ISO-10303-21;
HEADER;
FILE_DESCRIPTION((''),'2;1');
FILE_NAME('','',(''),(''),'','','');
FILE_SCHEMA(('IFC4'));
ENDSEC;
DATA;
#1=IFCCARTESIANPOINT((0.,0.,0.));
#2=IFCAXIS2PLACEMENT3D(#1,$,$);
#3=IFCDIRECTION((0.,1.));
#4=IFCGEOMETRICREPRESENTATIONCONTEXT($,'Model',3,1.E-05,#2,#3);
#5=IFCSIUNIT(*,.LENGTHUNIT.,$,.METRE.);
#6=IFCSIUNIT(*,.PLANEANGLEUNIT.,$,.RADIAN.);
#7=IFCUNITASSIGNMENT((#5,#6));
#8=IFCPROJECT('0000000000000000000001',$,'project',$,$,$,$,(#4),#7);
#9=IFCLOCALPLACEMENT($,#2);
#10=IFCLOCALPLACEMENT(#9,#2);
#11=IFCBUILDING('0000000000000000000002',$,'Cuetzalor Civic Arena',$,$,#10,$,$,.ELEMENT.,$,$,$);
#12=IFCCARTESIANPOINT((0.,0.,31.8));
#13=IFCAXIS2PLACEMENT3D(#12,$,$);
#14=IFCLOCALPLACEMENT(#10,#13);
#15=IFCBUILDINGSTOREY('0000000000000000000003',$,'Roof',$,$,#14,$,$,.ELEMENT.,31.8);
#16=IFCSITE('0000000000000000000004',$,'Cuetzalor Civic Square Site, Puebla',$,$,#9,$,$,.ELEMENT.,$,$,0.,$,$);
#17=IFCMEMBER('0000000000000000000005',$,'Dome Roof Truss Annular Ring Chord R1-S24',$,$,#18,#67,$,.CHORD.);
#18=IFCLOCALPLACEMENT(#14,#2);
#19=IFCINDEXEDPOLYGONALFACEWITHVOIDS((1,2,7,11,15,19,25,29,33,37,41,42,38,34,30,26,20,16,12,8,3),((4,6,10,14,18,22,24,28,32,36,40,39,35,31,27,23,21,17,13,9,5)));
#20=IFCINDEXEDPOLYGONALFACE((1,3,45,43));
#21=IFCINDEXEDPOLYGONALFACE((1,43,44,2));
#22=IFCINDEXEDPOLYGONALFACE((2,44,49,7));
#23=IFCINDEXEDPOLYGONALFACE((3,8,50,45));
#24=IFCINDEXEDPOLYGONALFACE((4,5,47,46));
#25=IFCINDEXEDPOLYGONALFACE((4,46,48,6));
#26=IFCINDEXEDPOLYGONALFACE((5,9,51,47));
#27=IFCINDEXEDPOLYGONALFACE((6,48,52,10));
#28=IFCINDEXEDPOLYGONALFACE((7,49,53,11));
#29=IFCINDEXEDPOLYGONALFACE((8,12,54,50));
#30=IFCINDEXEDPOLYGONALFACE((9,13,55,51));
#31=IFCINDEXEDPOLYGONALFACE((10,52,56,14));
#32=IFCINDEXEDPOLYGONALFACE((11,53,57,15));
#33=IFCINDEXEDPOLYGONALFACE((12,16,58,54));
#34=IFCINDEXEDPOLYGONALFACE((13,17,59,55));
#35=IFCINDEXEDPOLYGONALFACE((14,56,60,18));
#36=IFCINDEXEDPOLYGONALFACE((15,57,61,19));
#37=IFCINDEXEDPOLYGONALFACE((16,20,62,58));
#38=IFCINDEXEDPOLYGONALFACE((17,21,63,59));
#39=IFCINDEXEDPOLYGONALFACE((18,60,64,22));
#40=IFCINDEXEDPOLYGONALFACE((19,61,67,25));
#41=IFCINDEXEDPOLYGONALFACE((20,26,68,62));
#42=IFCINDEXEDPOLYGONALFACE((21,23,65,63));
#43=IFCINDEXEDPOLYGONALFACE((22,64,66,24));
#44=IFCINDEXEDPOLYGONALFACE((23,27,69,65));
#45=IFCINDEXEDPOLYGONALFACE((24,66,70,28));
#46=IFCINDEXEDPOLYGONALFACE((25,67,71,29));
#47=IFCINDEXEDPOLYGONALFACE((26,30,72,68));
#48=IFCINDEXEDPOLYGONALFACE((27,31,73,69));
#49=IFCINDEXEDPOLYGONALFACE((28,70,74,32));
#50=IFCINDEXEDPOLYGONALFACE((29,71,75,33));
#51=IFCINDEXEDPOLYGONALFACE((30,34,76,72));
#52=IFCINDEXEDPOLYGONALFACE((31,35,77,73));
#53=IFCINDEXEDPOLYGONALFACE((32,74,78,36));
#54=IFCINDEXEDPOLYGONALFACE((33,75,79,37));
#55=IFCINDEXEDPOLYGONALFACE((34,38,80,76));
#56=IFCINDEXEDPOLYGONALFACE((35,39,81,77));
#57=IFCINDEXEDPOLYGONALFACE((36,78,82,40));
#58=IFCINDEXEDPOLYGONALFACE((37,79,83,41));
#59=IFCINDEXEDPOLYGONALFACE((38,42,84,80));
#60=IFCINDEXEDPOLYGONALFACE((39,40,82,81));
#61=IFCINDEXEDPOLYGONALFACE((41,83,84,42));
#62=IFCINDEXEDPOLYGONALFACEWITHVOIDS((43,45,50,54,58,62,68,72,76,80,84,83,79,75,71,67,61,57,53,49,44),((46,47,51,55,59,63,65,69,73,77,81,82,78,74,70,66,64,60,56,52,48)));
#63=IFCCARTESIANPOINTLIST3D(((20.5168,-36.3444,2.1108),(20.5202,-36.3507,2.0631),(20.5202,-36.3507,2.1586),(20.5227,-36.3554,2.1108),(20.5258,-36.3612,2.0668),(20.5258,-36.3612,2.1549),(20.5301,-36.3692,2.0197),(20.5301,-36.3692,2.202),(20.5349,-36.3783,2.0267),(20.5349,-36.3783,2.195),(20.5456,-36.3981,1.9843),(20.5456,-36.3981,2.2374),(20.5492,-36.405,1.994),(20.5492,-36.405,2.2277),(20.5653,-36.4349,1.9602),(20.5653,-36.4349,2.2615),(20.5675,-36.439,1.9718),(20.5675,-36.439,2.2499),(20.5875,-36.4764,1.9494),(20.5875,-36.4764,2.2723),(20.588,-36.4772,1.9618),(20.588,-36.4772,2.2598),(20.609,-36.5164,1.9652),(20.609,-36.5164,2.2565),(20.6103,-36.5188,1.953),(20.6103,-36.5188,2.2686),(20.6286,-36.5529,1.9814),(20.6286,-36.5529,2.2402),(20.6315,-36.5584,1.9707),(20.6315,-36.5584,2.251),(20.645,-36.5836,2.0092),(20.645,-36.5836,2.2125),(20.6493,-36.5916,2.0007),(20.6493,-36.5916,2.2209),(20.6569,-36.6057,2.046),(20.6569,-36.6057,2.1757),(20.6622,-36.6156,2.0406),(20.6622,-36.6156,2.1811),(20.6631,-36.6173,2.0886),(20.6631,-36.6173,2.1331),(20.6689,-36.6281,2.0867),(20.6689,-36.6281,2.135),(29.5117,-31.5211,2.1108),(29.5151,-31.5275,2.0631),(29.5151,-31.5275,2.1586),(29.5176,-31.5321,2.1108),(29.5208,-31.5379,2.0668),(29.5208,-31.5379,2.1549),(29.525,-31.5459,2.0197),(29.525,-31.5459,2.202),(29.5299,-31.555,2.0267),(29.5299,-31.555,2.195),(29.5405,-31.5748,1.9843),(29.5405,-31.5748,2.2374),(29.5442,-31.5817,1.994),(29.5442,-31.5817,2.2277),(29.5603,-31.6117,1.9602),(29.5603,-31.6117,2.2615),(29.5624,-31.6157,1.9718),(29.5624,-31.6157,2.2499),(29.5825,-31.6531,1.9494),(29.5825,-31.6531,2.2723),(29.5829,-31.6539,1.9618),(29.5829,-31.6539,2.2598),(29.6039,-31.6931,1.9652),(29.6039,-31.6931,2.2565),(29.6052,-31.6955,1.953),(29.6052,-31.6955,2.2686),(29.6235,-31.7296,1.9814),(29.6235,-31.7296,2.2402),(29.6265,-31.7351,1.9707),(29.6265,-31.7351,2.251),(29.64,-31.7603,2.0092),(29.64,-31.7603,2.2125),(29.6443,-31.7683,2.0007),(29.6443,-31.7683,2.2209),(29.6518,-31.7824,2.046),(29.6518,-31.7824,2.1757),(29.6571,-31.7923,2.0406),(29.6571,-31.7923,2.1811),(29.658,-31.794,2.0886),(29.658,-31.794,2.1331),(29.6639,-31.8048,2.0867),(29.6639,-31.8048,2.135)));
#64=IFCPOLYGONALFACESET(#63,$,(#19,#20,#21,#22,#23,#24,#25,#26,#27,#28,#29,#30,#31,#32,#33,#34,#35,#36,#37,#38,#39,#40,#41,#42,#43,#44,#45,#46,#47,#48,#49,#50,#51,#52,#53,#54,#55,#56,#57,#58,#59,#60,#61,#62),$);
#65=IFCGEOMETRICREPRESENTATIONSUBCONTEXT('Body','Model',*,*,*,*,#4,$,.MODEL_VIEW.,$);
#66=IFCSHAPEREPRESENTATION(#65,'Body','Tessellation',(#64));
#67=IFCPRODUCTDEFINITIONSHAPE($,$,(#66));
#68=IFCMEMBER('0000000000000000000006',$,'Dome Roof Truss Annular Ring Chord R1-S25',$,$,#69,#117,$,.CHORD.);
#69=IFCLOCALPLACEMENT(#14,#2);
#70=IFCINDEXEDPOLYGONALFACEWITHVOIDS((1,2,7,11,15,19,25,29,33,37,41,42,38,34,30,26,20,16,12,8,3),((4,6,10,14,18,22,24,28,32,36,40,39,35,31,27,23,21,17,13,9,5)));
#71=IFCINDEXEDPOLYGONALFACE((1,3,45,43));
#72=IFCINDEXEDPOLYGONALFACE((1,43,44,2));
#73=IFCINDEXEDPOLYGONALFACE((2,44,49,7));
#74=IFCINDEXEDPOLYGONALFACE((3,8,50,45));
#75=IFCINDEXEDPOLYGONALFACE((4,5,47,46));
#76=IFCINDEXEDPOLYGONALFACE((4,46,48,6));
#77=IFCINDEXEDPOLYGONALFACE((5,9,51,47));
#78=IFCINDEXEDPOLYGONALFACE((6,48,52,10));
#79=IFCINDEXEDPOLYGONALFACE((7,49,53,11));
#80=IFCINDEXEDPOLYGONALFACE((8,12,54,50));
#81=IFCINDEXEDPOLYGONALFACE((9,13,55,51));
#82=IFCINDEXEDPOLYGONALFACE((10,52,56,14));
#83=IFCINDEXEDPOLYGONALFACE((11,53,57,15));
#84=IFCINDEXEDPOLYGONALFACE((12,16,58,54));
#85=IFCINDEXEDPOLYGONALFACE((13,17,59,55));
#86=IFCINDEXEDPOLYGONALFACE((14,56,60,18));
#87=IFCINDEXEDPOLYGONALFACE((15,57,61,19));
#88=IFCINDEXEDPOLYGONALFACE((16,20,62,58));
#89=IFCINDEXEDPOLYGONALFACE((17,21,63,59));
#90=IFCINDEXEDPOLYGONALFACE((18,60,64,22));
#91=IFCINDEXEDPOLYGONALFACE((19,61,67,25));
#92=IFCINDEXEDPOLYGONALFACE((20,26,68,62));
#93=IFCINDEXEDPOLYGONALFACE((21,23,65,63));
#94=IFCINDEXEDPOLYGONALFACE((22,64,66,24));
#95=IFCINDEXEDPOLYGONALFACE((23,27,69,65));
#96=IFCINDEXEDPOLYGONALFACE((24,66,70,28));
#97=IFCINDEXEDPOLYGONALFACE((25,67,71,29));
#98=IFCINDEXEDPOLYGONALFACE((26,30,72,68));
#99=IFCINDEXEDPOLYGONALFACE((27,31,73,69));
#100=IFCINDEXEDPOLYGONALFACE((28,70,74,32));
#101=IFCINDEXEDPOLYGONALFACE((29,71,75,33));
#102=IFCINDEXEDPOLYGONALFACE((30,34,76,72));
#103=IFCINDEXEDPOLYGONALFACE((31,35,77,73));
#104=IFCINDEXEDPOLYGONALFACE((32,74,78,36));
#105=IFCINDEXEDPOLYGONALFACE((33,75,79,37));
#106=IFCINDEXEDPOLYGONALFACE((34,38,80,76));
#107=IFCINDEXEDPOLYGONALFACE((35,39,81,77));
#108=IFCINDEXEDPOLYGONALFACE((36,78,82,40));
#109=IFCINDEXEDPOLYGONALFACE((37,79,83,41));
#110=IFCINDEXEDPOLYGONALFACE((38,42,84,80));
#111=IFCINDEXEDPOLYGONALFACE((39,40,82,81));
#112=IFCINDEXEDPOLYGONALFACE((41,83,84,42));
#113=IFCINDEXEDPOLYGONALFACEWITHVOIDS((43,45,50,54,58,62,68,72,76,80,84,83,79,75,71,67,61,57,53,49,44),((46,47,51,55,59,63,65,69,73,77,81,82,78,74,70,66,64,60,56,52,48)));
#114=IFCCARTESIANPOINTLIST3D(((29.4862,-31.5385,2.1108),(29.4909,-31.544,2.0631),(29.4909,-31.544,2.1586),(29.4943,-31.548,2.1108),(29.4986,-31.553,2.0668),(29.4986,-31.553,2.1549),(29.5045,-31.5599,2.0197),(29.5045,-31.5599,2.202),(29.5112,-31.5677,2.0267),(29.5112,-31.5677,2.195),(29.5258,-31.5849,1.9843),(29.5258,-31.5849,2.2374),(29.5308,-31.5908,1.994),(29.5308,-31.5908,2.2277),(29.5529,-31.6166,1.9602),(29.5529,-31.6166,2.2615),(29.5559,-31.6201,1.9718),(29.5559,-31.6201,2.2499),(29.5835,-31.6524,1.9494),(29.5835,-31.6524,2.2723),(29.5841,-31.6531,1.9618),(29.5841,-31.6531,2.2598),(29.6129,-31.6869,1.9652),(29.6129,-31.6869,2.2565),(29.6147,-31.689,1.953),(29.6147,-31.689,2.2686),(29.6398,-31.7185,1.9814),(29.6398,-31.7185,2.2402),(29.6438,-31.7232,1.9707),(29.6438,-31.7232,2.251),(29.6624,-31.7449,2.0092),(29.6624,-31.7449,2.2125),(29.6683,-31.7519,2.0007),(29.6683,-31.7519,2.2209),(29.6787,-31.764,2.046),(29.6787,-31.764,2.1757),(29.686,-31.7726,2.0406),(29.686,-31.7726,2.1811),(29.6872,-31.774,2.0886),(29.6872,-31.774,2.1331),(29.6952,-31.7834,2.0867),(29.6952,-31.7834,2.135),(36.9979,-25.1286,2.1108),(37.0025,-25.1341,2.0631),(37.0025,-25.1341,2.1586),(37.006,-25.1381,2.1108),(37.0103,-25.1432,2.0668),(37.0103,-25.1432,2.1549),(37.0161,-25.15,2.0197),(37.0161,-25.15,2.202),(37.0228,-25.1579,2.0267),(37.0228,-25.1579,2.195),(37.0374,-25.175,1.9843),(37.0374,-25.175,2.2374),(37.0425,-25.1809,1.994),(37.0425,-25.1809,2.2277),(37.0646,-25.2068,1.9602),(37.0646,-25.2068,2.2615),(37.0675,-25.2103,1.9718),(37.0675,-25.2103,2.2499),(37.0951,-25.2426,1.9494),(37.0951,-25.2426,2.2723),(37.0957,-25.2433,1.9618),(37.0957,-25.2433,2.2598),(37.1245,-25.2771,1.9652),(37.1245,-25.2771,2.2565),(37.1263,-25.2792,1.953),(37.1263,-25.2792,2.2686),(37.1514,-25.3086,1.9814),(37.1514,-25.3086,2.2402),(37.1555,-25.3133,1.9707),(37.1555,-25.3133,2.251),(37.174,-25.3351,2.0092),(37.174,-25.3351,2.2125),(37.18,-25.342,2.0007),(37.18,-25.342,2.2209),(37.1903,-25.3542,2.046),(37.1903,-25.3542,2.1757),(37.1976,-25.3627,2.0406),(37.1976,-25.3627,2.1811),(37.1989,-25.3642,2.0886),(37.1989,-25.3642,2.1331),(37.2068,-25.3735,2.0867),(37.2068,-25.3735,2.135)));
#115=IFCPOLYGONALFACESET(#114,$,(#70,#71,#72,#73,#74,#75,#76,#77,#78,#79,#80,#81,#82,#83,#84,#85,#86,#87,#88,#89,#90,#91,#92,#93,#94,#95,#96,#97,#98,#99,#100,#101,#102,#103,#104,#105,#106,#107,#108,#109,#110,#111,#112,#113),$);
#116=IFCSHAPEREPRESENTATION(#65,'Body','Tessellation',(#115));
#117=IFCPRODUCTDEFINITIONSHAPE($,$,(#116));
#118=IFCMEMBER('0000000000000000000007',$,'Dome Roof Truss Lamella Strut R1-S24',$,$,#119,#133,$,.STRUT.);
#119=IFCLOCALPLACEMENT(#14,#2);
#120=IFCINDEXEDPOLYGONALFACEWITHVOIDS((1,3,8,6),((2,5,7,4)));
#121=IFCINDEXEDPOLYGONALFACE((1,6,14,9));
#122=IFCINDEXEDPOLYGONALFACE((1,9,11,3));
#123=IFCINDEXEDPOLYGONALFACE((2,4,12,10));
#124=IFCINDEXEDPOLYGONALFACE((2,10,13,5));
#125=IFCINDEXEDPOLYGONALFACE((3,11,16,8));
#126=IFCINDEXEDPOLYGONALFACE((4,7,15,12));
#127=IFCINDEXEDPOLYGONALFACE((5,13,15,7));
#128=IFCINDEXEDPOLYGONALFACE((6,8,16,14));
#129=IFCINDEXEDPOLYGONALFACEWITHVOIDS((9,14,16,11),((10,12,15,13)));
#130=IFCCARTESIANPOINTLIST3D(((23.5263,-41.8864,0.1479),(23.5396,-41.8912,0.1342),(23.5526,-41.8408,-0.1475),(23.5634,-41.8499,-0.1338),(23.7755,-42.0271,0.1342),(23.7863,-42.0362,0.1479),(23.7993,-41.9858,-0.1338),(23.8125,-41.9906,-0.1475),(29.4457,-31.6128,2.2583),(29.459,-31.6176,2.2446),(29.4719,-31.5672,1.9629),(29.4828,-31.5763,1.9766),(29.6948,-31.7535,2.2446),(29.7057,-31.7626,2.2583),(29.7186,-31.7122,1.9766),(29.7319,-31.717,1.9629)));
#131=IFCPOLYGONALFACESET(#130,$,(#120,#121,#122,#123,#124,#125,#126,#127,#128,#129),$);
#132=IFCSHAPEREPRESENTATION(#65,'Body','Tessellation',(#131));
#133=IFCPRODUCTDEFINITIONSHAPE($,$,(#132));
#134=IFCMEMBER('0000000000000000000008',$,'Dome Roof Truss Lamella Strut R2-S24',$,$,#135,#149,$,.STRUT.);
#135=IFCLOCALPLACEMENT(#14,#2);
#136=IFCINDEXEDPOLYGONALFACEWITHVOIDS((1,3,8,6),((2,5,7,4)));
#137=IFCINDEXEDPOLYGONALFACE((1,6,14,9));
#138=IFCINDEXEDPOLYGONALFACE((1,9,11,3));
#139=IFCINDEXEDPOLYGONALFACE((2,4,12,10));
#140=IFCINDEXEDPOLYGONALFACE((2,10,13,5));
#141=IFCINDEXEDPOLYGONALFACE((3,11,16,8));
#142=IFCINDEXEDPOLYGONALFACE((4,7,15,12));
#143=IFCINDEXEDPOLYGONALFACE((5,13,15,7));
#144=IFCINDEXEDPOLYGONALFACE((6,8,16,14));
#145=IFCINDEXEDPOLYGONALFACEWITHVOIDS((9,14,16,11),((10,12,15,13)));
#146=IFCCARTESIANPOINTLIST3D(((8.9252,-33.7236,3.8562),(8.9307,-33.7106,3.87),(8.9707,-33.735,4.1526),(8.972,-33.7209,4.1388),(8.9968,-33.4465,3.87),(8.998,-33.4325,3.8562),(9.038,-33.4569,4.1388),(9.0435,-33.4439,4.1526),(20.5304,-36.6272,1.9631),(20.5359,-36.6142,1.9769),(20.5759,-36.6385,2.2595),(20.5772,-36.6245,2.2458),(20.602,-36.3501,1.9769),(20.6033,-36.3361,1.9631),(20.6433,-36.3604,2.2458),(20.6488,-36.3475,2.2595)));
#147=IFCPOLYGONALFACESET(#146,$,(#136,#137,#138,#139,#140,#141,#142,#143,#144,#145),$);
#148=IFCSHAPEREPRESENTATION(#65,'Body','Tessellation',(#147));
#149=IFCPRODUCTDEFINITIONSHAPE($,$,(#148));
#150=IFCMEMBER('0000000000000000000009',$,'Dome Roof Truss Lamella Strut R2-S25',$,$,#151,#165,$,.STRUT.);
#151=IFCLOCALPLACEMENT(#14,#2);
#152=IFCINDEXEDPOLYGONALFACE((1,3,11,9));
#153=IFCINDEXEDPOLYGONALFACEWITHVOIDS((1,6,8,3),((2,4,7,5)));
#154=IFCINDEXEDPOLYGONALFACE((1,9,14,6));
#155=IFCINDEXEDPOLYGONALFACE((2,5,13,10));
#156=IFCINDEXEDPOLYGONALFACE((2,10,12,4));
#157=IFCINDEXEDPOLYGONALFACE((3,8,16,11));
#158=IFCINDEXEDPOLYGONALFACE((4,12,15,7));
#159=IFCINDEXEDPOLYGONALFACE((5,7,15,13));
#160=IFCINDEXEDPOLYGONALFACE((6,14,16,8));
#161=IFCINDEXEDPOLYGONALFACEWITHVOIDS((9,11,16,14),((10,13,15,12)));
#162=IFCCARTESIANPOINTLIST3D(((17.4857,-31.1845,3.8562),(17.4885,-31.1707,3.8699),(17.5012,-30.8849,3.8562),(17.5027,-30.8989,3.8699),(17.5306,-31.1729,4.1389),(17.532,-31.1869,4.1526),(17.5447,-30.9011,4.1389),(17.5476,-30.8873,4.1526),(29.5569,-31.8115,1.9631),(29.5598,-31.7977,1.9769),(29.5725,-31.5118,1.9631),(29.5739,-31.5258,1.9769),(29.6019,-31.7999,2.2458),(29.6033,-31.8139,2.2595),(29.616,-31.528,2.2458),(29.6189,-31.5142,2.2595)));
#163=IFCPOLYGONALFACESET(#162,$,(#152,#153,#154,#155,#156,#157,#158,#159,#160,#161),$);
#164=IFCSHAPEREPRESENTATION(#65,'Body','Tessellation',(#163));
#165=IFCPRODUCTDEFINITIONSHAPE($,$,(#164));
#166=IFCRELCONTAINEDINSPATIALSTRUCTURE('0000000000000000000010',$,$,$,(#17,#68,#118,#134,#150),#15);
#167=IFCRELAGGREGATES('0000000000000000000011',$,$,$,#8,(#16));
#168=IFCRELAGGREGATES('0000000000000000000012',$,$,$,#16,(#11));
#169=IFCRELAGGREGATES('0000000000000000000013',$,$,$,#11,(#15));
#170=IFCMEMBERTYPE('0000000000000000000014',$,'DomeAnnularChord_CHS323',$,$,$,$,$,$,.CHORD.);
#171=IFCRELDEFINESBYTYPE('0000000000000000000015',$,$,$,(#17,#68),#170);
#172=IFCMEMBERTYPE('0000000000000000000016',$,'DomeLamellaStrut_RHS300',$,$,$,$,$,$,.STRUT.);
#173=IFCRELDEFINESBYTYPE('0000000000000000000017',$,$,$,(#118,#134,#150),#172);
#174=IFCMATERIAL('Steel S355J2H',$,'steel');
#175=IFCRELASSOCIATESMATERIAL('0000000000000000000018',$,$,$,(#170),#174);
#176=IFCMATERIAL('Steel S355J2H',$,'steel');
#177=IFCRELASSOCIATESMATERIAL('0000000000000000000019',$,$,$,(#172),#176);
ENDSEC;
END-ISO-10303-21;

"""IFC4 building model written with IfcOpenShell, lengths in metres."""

from ifc_helpers import new_model, si_unit, direction, frame, origin, origin_2d, place, context, subcontext, project, spatial, hollow_rectangle, hollow_circle, extrude, material, material_profile, profile_set, type_object, element, save


model = new_model("IFC4")

# Units and contexts
model_context = context("Model", 3, precision=1e-05, world=origin(), true_north=direction((0.0, 1.0)))
body_context = subcontext(model_context, "Body", "Model", "MODEL_VIEW")
ifc_project = project(units=[si_unit("LENGTHUNIT", "METRE"), si_unit("PLANEANGLEUNIT", "RADIAN")], contexts=[model_context])

# Site, building, storey
site_placement = place(None, origin())
site = spatial("IfcSite", under=ifc_project, at=site_placement, Name="Cuetzalor Civic Square Site, Puebla", CompositionType="ELEMENT", RefElevation=0.0)
building_placement = place(site_placement, origin())
building = spatial("IfcBuilding", under=site, at=building_placement, Name="Cuetzalor Civic Arena", CompositionType="ELEMENT")
storey_placement = place(building_placement, frame((0.0, 0.0, 31.8)))
storey = spatial("IfcBuildingStorey", under=building, at=storey_placement, Name="Roof", CompositionType="ELEMENT", Elevation=31.8)

# Members
ifc_material_1 = material(Name="Steel S355J2H", Category="steel")
ifc_material_profile_1 = material_profile(ifc_material_1, hollow_circle(Radius=0.1619, WallThickness=0.0125, at=origin_2d()), Name="CHS 323.9x12.5")
ifc_profile_set_1 = profile_set([ifc_material_profile_1], Name="Steel S355J2H")
member_type_1 = type_object("IfcMemberType", Name="DomeAnnularChord_CHS323", PredefinedType="CHORD", material=ifc_profile_set_1)
member_1_placement = place(storey_placement, frame((20.5933, -36.4871, 2.1108), z_axis=(0.881294, 0.472569, 0.0), x_axis=(-0.472569, 0.881294, 0.0)))
element("IfcMember", 1, at=member_1_placement, inside=storey, type_object=member_type_1, Name="Dome Roof Truss Annular Ring Chord R1-S24", PredefinedType="CHORD", context=body_context, shape_type="SweptSolid", body=[
    extrude(hollow_circle(Radius=0.1619, WallThickness=0.0125, at=origin_2d()), origin(), (0.0, 0.0, 1.0), 10.2065),
])
member_2_placement = place(storey_placement, frame((29.5913, -31.6616, 2.1108), z_axis=(0.760691, 0.649114, 0.0), x_axis=(-0.649114, 0.760691, 0.0)))
element("IfcMember", 2, at=member_2_placement, inside=storey, type_object=member_type_1, Name="Dome Roof Truss Annular Ring Chord R1-S25", PredefinedType="CHORD", context=body_context, shape_type="SweptSolid", body=[
    extrude(hollow_circle(Radius=0.1619, WallThickness=0.0125, at=origin_2d()), origin(), (0.0, 0.0, 1.0), 9.8748),
])
ifc_material_2 = material(Name="Steel S355J2H", Category="steel")
ifc_material_profile_2 = material_profile(ifc_material_2, hollow_rectangle(XDim=0.3, YDim=0.3, WallThickness=0.0139, at=origin_2d()), Name="RHS 300x300x14")
ifc_profile_set_2 = profile_set([ifc_material_profile_2], Name="Steel S355J2H")
member_type_2 = type_object("IfcMemberType", Name="DomeLamellaStrut_RHS300", PredefinedType="STRUT", material=ifc_profile_set_2)
member_3_placement = place(storey_placement, frame((23.6694, -41.9385, 0.0002), z_axis=(0.491511, 0.85306, 0.17523), x_axis=(-0.866466, 0.499236, 0.0)))
element("IfcMember", 3, at=member_3_placement, inside=storey, type_object=member_type_2, Name="Dome Roof Truss Lamella Strut R1-S24", PredefinedType="STRUT", context=body_context, shape_type="SweptSolid", body=[
    extrude(hollow_rectangle(XDim=0.3, YDim=0.3, WallThickness=0.0139, at=origin_2d()), origin(), (0.0, 0.0, 1.0), 12.0432),
])
member_4_placement = place(storey_placement, frame((20.5896, -36.4873, 2.1113), z_axis=(-0.958175, 0.23973, 0.156299), x_axis=(-0.242713, -0.970098, 0.0)))
element("IfcMember", 4, at=member_4_placement, inside=storey, type_object=member_type_2, Name="Dome Roof Truss Lamella Strut R2-S24", PredefinedType="STRUT", context=body_context, shape_type="SweptSolid", body=[
    extrude(hollow_rectangle(XDim=0.3, YDim=0.3, WallThickness=0.0139, at=origin_2d()), origin(), (0.0, 0.0, 1.0), 12.1118),
])
member_5_placement = place(storey_placement, frame((29.5879, -31.6628, 2.1113), z_axis=(-0.986627, 0.051243, 0.154727), x_axis=(-0.051868, -0.998654, 0.0)))
element("IfcMember", 5, at=member_5_placement, inside=storey, type_object=member_type_2, Name="Dome Roof Truss Lamella Strut R2-S25", PredefinedType="STRUT", context=body_context, shape_type="SweptSolid", body=[
    extrude(hollow_rectangle(XDim=0.3, YDim=0.3, WallThickness=0.0139, at=origin_2d()), origin(), (0.0, 0.0, 1.0), 12.2349),
])

save(model, "model.ifc")
